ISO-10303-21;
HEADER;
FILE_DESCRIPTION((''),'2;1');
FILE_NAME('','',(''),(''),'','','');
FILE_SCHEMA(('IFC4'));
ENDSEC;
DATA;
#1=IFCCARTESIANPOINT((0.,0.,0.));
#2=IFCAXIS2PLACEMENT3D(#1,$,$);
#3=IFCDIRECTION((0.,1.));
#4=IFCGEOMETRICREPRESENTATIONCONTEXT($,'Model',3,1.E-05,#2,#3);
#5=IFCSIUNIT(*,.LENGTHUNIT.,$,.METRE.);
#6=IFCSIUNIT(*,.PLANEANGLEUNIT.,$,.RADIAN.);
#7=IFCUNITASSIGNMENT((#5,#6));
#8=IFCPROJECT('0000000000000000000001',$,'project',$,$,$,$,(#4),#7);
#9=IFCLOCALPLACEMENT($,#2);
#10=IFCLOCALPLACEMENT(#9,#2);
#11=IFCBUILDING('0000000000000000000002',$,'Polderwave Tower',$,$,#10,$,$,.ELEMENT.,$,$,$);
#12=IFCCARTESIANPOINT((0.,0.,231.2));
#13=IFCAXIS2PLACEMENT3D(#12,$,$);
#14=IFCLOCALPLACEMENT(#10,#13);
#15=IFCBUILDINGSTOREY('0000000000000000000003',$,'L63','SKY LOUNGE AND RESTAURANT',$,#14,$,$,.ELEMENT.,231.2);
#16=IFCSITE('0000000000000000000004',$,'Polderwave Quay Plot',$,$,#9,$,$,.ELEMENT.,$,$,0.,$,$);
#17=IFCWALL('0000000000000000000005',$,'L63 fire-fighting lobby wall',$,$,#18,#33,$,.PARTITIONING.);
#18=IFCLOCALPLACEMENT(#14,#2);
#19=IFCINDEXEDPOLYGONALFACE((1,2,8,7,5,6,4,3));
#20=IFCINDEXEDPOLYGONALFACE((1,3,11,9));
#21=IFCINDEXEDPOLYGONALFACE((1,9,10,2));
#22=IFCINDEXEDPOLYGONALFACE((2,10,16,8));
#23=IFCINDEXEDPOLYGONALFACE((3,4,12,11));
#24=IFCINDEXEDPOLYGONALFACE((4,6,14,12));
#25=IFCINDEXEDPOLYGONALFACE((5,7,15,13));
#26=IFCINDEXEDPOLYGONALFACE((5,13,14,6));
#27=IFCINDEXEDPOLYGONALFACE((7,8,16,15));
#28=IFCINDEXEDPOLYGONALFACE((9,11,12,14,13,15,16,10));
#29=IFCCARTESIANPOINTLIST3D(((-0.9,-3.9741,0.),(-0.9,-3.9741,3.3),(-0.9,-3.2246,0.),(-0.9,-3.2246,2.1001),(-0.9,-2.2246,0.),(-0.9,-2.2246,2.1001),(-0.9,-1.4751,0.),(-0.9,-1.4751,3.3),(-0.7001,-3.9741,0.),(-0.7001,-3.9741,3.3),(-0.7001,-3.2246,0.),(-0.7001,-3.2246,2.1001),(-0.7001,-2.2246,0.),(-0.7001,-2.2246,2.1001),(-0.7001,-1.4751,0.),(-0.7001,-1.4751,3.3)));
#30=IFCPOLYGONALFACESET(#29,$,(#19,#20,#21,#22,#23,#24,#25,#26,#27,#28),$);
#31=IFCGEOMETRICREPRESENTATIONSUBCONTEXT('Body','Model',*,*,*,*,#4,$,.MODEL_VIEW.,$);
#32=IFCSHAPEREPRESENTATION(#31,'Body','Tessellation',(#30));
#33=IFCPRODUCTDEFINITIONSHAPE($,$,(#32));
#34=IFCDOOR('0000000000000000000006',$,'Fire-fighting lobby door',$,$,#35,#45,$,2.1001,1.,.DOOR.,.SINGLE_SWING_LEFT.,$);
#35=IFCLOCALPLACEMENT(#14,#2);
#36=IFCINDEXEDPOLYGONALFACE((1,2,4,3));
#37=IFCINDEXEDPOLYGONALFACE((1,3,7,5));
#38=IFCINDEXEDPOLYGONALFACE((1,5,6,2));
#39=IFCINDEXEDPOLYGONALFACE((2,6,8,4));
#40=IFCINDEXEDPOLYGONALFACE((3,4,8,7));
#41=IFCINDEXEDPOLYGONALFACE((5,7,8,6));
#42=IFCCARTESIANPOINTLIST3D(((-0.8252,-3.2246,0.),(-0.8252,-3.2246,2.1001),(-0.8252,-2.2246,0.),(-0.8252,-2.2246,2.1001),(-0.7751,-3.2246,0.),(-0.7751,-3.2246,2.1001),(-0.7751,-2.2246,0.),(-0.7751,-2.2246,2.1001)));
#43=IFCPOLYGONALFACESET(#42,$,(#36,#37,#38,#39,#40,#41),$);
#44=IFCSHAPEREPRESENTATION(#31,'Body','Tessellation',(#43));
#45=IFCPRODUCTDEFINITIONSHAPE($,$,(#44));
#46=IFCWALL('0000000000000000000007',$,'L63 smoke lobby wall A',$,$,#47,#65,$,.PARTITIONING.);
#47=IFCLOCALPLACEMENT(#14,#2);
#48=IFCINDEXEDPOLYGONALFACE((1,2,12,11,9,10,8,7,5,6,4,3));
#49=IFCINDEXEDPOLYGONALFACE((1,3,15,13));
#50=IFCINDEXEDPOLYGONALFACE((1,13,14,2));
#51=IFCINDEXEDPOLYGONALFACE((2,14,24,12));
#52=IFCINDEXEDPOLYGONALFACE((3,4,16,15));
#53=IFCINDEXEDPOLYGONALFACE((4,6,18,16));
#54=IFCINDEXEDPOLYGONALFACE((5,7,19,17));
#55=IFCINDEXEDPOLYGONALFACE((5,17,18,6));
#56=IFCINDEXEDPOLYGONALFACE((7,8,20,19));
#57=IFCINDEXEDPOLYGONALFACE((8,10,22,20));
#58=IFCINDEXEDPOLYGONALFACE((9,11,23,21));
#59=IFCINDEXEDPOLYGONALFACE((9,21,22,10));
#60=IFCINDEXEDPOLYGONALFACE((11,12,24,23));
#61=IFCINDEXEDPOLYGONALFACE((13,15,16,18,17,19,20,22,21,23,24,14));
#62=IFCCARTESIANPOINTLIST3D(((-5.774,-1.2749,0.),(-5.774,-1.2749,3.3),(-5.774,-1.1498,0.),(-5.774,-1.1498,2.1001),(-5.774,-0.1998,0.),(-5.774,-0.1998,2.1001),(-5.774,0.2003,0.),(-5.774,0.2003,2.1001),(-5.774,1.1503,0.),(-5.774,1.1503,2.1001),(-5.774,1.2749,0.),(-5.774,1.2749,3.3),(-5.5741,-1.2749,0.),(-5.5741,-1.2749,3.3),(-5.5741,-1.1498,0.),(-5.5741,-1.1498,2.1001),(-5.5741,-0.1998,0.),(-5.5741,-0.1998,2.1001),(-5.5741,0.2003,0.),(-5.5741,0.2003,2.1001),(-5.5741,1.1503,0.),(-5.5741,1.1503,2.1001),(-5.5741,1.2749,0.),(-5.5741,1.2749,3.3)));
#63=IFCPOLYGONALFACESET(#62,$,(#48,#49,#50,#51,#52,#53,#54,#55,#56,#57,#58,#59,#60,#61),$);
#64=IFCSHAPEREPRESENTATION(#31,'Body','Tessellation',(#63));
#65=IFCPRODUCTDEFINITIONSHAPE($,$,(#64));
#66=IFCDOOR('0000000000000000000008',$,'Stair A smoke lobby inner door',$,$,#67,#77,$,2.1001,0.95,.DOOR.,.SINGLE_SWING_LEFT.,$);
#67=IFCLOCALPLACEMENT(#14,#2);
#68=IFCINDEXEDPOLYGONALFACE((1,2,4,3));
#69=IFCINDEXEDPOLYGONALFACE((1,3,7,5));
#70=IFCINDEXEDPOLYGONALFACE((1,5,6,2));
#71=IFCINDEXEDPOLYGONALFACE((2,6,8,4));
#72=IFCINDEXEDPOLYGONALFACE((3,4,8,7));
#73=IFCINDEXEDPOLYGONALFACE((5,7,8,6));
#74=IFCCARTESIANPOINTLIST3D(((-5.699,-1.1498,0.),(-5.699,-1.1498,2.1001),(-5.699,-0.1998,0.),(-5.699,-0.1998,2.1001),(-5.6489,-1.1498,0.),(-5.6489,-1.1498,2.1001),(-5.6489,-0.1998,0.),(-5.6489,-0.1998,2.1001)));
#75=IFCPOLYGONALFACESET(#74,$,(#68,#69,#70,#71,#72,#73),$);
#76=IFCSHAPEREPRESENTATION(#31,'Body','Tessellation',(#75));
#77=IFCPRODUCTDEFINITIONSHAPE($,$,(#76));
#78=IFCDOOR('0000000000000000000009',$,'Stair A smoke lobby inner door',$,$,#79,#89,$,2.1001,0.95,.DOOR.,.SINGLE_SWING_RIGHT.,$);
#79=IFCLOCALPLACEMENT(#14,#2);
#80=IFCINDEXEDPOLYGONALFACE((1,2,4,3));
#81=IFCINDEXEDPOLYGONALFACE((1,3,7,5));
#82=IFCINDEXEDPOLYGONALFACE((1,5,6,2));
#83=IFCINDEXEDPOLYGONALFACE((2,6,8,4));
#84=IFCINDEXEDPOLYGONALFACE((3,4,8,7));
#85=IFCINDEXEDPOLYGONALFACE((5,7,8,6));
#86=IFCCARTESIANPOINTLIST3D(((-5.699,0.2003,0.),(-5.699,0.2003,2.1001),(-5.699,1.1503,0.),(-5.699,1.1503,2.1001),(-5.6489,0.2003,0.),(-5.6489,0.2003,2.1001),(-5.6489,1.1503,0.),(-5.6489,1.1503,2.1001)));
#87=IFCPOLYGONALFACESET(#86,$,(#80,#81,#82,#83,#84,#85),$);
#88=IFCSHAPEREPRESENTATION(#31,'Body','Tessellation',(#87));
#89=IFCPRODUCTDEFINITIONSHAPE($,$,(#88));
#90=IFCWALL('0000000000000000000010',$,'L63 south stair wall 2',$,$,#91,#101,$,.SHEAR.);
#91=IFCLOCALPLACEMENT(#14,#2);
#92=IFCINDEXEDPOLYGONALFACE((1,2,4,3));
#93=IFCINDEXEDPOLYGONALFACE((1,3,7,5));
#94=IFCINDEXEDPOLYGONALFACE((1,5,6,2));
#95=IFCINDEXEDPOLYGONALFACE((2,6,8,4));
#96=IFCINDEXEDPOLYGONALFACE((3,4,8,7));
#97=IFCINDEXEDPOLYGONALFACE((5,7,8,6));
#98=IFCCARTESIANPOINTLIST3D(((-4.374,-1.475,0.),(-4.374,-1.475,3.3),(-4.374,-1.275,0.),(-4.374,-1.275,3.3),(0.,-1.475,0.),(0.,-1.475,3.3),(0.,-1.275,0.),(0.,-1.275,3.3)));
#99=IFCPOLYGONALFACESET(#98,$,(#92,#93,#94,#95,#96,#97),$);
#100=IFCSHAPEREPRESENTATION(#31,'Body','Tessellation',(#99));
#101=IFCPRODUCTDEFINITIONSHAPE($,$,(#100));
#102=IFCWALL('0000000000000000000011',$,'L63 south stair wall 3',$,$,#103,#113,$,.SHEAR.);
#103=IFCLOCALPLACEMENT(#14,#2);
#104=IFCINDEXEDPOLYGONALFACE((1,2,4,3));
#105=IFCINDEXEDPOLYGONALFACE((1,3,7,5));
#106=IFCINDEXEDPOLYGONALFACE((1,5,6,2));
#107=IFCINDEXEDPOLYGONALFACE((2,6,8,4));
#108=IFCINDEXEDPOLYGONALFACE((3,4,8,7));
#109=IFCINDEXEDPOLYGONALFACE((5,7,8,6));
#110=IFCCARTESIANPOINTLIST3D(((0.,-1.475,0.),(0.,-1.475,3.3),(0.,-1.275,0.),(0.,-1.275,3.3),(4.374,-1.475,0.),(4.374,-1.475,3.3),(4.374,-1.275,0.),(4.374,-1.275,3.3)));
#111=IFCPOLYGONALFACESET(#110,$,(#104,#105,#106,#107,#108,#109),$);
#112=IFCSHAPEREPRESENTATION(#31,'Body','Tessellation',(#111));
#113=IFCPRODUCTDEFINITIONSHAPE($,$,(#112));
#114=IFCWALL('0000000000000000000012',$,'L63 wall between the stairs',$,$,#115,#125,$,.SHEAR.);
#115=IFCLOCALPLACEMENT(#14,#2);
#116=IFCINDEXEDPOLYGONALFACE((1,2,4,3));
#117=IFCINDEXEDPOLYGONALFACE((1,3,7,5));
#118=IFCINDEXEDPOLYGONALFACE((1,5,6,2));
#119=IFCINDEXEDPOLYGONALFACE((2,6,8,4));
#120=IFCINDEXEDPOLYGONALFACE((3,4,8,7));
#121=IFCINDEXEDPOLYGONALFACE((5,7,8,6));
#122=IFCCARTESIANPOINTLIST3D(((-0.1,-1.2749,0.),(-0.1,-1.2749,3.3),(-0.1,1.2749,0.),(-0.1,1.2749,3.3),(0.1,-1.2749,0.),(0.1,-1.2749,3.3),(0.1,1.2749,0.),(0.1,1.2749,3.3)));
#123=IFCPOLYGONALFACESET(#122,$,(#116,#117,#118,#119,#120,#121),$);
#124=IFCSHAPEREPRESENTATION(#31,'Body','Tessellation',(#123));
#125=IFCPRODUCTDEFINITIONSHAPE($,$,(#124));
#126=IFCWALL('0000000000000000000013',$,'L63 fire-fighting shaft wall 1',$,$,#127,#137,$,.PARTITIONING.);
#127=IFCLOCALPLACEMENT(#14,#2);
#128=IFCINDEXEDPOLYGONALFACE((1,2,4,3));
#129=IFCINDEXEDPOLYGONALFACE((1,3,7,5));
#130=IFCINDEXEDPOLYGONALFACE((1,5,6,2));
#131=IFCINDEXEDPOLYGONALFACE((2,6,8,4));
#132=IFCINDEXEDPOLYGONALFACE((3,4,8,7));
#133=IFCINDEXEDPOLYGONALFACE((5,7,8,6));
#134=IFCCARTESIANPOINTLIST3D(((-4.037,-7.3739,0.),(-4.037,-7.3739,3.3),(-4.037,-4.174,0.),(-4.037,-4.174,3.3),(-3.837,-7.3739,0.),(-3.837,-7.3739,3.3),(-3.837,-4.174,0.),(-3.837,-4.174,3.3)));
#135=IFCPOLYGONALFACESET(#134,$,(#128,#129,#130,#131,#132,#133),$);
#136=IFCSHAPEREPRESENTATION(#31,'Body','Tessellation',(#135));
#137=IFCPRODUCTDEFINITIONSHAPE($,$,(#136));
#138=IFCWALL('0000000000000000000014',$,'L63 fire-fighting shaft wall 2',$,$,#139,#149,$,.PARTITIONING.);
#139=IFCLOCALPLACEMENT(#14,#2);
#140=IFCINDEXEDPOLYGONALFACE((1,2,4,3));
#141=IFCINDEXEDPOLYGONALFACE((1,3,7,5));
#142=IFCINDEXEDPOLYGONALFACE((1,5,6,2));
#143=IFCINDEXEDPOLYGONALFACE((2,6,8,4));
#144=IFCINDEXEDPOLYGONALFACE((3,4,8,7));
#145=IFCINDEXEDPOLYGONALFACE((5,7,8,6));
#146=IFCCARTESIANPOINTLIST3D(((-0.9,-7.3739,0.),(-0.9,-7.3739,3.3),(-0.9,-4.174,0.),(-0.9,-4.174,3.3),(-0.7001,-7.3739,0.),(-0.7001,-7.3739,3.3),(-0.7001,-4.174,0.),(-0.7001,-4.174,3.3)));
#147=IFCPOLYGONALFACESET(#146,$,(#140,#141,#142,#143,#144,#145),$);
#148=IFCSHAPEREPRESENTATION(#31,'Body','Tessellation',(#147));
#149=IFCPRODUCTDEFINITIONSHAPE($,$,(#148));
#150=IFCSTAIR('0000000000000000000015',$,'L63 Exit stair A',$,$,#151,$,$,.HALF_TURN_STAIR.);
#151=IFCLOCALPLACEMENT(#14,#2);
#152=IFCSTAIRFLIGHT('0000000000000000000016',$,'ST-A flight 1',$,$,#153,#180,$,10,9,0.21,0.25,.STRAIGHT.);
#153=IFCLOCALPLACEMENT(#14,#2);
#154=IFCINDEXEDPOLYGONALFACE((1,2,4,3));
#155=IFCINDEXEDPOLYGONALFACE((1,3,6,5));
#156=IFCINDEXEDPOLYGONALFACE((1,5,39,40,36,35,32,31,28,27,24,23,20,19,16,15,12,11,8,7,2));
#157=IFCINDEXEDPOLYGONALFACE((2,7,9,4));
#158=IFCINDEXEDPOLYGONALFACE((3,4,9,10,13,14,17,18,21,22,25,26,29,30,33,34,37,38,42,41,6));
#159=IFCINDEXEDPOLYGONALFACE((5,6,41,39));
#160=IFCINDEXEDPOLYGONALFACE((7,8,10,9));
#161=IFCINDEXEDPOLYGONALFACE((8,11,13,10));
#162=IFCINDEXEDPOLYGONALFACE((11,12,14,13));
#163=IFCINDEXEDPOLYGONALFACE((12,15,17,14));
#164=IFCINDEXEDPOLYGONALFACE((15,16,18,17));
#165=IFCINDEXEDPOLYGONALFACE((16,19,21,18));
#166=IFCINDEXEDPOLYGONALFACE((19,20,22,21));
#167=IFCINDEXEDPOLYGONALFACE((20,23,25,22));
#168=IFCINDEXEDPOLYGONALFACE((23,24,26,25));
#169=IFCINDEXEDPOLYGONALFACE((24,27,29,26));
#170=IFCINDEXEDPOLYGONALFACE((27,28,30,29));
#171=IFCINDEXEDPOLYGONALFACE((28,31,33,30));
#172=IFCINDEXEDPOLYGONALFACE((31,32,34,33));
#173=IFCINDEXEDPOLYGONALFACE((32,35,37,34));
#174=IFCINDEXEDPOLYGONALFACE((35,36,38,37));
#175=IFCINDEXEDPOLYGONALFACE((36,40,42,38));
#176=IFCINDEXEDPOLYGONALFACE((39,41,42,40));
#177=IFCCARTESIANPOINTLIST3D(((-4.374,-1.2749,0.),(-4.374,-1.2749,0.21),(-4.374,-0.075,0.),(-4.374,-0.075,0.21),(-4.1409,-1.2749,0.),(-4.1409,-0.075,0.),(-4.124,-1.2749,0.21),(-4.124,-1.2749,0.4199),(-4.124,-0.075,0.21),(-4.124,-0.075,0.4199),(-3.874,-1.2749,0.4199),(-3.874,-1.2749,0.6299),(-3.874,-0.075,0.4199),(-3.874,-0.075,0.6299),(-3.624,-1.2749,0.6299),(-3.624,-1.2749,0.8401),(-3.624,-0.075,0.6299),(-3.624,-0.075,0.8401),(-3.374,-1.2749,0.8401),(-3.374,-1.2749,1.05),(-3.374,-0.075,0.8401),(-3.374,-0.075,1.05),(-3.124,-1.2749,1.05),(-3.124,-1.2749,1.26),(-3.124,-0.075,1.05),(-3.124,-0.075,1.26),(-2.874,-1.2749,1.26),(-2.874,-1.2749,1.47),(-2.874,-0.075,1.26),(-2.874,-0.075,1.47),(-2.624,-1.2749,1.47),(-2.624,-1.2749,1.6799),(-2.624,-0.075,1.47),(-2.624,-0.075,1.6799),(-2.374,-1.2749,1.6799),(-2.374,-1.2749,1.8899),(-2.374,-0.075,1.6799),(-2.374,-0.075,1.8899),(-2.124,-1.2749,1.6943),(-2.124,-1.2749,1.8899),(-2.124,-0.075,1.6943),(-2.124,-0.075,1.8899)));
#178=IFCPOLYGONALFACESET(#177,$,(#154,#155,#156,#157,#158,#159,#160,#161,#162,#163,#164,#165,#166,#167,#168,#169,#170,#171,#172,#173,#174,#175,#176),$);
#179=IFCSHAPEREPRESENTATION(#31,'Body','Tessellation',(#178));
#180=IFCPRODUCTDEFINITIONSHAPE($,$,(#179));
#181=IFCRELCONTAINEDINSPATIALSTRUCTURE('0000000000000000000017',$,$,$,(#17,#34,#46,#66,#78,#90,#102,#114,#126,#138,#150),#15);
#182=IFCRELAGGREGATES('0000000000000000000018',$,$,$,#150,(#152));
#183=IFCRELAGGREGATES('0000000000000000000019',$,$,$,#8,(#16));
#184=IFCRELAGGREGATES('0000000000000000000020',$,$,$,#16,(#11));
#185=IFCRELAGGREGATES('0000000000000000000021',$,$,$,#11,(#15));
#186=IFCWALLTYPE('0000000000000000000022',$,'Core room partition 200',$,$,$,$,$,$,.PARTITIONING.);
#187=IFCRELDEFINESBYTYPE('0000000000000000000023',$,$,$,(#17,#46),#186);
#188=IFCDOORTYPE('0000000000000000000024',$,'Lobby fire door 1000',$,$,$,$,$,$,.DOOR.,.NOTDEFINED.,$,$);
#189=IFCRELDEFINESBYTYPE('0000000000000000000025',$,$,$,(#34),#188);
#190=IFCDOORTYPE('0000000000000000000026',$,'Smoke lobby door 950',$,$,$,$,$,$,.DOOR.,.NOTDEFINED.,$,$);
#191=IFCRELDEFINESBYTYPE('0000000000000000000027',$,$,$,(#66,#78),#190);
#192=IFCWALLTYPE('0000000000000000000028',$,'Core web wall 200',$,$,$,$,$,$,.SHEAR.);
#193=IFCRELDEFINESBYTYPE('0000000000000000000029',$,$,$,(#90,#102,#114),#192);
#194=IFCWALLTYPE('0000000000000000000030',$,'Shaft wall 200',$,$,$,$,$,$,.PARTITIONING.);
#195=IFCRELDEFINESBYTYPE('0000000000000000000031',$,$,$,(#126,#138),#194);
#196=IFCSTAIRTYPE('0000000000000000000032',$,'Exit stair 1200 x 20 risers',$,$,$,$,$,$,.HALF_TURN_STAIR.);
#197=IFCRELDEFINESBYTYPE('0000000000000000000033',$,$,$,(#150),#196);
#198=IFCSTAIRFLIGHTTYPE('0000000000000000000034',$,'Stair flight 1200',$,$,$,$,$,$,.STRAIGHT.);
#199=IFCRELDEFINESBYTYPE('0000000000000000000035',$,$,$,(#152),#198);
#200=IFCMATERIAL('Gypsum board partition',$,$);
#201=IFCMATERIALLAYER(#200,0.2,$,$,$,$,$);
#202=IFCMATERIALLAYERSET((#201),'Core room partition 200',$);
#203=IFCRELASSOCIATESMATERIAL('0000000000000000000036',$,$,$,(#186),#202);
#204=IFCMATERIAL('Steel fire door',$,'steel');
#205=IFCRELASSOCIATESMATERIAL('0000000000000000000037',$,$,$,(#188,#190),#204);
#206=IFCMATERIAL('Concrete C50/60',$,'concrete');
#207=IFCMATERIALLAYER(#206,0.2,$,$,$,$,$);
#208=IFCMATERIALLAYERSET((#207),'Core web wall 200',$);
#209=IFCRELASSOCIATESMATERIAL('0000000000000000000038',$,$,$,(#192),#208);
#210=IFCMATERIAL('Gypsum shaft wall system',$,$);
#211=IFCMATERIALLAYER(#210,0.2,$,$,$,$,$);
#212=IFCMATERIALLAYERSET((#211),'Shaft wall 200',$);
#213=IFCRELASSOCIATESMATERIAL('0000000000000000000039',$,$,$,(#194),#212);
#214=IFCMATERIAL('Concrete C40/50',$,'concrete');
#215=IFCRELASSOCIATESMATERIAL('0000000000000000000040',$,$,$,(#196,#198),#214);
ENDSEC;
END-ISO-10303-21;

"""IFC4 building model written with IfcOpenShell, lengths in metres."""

from ifc_helpers import new_model, si_unit, direction, frame, frame_2d, origin, place, context, subcontext, project, spatial, polyline, rectangle, outline, extrude, material, layer, layer_set, type_object, element, fill, aggregate, save


model = new_model("IFC4")

# Units and contexts
model_context = context("Model", 3, precision=1e-05, world=origin(), true_north=direction((0.0, 1.0)))
body_context = subcontext(model_context, "Body", "Model", "MODEL_VIEW")
ifc_project = project(units=[si_unit("LENGTHUNIT", "METRE"), si_unit("PLANEANGLEUNIT", "RADIAN")], contexts=[model_context])

# Site, building, storey
site_placement = place(None, origin())
site = spatial("IfcSite", under=ifc_project, at=site_placement, Name="Polderwave Quay Plot", CompositionType="ELEMENT", RefElevation=0.0)
building_placement = place(site_placement, origin())
building = spatial("IfcBuilding", under=site, at=building_placement, Name="Polderwave Tower", CompositionType="ELEMENT")
storey_placement = place(building_placement, frame((0.0, 0.0, 231.2)))
storey = spatial("IfcBuildingStorey", under=building, at=storey_placement, Name="L63", Description="SKY LOUNGE AND RESTAURANT", CompositionType="ELEMENT", Elevation=231.2)

# Wall, opening, door
ifc_material_1 = material(Name="Gypsum board partition")
ifc_layer_1 = layer(ifc_material_1, 0.2)
ifc_layer_set_1 = layer_set([ifc_layer_1], Name="Core room partition 200")
wall_type_1 = type_object("IfcWallType", Name="Core room partition 200", PredefinedType="PARTITIONING", material=ifc_layer_set_1)
wall_1_placement = place(storey_placement, frame((-0.8, -3.9741, 0.0), z_axis=(0.0, 0.0, 1.0), x_axis=(0.0, 1.0, 0.0)))
wall_1 = element("IfcWall", 1, at=wall_1_placement, inside=storey, type_object=wall_type_1, Name="L63 fire-fighting lobby wall", PredefinedType="PARTITIONING", context=body_context, shape_type="SweptSolid", body=[
    extrude(rectangle(XDim=2.499, YDim=0.2, at=frame_2d((1.2495, 0.0))), origin(), (0.0, 0.0, 1.0), 3.3),
])
opening_1_placement = place(wall_1_placement, frame((0.7495, 0.0, 0.0)))
opening_1 = element("IfcOpeningElement", 2, at=opening_1_placement, cuts=wall_1, PredefinedType="OPENING", context=body_context, shape_type="SweptSolid", body=[
    extrude(rectangle(XDim=1.0, YDim=2.1001, at=frame_2d((0.5, 1.05))), frame((0.0, 0.1099, 0.0), z_axis=(0.0, -1.0, 0.0), x_axis=(1.0, 0.0, 0.0)), (0.0, 0.0, 1.0), 0.22),
])
ifc_material_2 = material(Name="Steel fire door", Category="steel")
door_type_1 = type_object("IfcDoorType", Name="Lobby fire door 1000", OperationType="NOTDEFINED", PredefinedType="DOOR", material=ifc_material_2)
door_1_placement = place(opening_1_placement, frame((1.0, 0.0, 0.0), z_axis=(0.0, 0.0, 1.0), x_axis=(-1.0, 0.0, 0.0)))
door_1 = element("IfcDoor", 3, at=door_1_placement, inside=storey, type_object=door_type_1, Name="Fire-fighting lobby door", OperationType="SINGLE_SWING_LEFT", OverallHeight=2.1001, OverallWidth=1.0, PredefinedType="DOOR", context=body_context, shape_type="SweptSolid", body=[
    extrude(rectangle(XDim=1.0, YDim=2.1001, at=frame_2d((0.5, 1.05))), frame((0.0, 0.0249, 0.0), z_axis=(0.0, -1.0, 0.0), x_axis=(1.0, 0.0, 0.0)), (0.0, 0.0, 1.0), 0.05),
])
fill(opening_1, door_1)

# Wall, openings, doors
wall_2_placement = place(storey_placement, frame((-5.6741, -1.2749, 0.0), z_axis=(0.0, 0.0, 1.0), x_axis=(0.0, 1.0, 0.0)))
wall_2 = element("IfcWall", 4, at=wall_2_placement, inside=storey, type_object=wall_type_1, Name="L63 smoke lobby wall A", PredefinedType="PARTITIONING", context=body_context, shape_type="SweptSolid", body=[
    extrude(rectangle(XDim=2.5498, YDim=0.2, at=frame_2d((1.2749, 0.0))), origin(), (0.0, 0.0, 1.0), 3.3),
])
opening_2_placement = place(wall_2_placement, frame((0.125, 0.0, 0.0)))
opening_2 = element("IfcOpeningElement", 5, at=opening_2_placement, cuts=wall_2, PredefinedType="OPENING", context=body_context, shape_type="SweptSolid", body=[
    extrude(rectangle(XDim=0.95, YDim=2.1001, at=frame_2d((0.4751, 1.05))), frame((0.0, 0.1099, 0.0), z_axis=(0.0, -1.0, 0.0), x_axis=(1.0, 0.0, 0.0)), (0.0, 0.0, 1.0), 0.22),
])
opening_3_placement = place(wall_2_placement, frame((1.4751, 0.0, 0.0)))
opening_3 = element("IfcOpeningElement", 6, at=opening_3_placement, cuts=wall_2, PredefinedType="OPENING", context=body_context, shape_type="SweptSolid", body=[
    extrude(rectangle(XDim=0.95, YDim=2.1001, at=frame_2d((0.4751, 1.05))), frame((0.0, 0.1099, 0.0), z_axis=(0.0, -1.0, 0.0), x_axis=(1.0, 0.0, 0.0)), (0.0, 0.0, 1.0), 0.22),
])
door_type_2 = type_object("IfcDoorType", Name="Smoke lobby door 950", OperationType="NOTDEFINED", PredefinedType="DOOR", material=ifc_material_2)
door_2_placement = place(opening_2_placement, origin())
door_2 = element("IfcDoor", 7, at=door_2_placement, inside=storey, type_object=door_type_2, Name="Stair A smoke lobby inner door", OperationType="SINGLE_SWING_LEFT", OverallHeight=2.1001, OverallWidth=0.95, PredefinedType="DOOR", context=body_context, shape_type="SweptSolid", body=[
    extrude(rectangle(XDim=0.95, YDim=2.1001, at=frame_2d((0.4751, 1.05))), frame((0.0, 0.0249, 0.0), z_axis=(0.0, -1.0, 0.0), x_axis=(1.0, 0.0, 0.0)), (0.0, 0.0, 1.0), 0.05),
])
fill(opening_2, door_2)
door_3_placement = place(opening_3_placement, origin())
door_3 = element("IfcDoor", 8, at=door_3_placement, inside=storey, type_object=door_type_2, Name="Stair A smoke lobby inner door", OperationType="SINGLE_SWING_RIGHT", OverallHeight=2.1001, OverallWidth=0.95, PredefinedType="DOOR", context=body_context, shape_type="SweptSolid", body=[
    extrude(rectangle(XDim=0.95, YDim=2.1001, at=frame_2d((0.4751, 1.05))), frame((0.0, 0.0249, 0.0), z_axis=(0.0, -1.0, 0.0), x_axis=(1.0, 0.0, 0.0)), (0.0, 0.0, 1.0), 0.05),
])
fill(opening_3, door_3)

# Walls
ifc_material_3 = material(Name="Concrete C50/60", Category="concrete")
ifc_layer_2 = layer(ifc_material_3, 0.2)
ifc_layer_set_2 = layer_set([ifc_layer_2], Name="Core web wall 200")
wall_type_2 = type_object("IfcWallType", Name="Core web wall 200", PredefinedType="SHEAR", material=ifc_layer_set_2)
for number, where, z_axis, x_axis, name in (
    (9, (-4.374, -1.375, 0.0), (0.0, 0.0, 1.0), (1.0, 0.0, 0.0), "L63 south stair wall 2"),
    (10, (0.0, -1.375, 0.0), (0.0, 0.0, 1.0), (1.0, 0.0, 0.0), "L63 south stair wall 3"),
):
    element("IfcWall", number, at=place(storey_placement, frame(where, z_axis=z_axis, x_axis=x_axis)), inside=storey, type_object=wall_type_2, Name=name, PredefinedType="SHEAR", context=body_context, shape_type="SweptSolid", body=[
        extrude(rectangle(XDim=4.374, YDim=0.2, at=frame_2d((2.187, 0.0))), origin(), (0.0, 0.0, 1.0), 3.3),
    ])
wall_3_placement = place(storey_placement, frame((0.0, -1.2749, 0.0), z_axis=(0.0, 0.0, 1.0), x_axis=(0.0, 1.0, 0.0)))
element("IfcWall", 11, at=wall_3_placement, inside=storey, type_object=wall_type_2, Name="L63 wall between the stairs", PredefinedType="SHEAR", context=body_context, shape_type="SweptSolid", body=[
    extrude(rectangle(XDim=2.5498, YDim=0.2, at=frame_2d((1.2749, 0.0))), origin(), (0.0, 0.0, 1.0), 3.3),
])
ifc_material_4 = material(Name="Gypsum shaft wall system")
ifc_layer_3 = layer(ifc_material_4, 0.2)
ifc_layer_set_3 = layer_set([ifc_layer_3], Name="Shaft wall 200")
wall_type_3 = type_object("IfcWallType", Name="Shaft wall 200", PredefinedType="PARTITIONING", material=ifc_layer_set_3)
for number, where, z_axis, x_axis, name in (
    (12, (-3.937, -7.374, 0.0), (0.0, 0.0, 1.0), (0.0, 1.0, 0.0), "L63 fire-fighting shaft wall 1"),
    (13, (-0.8, -7.374, 0.0), (0.0, 0.0, 1.0), (0.0, 1.0, 0.0), "L63 fire-fighting shaft wall 2"),
):
    element("IfcWall", number, at=place(storey_placement, frame(where, z_axis=z_axis, x_axis=x_axis)), inside=storey, type_object=wall_type_3, Name=name, PredefinedType="PARTITIONING", context=body_context, shape_type="SweptSolid", body=[
        extrude(rectangle(XDim=3.2, YDim=0.2, at=frame_2d((1.6001, 0.0))), origin(), (0.0, 0.0, 1.0), 3.3),
    ])

# Stair, stair flight
ifc_material_5 = material(Name="Concrete C40/50", Category="concrete")
stair_type = type_object("IfcStairType", Name="Exit stair 1200 x 20 risers", PredefinedType="HALF_TURN_STAIR", material=ifc_material_5)
stair_placement = place(storey_placement, origin())
stair = element("IfcStair", 14, at=stair_placement, inside=storey, type_object=stair_type, Name="L63 Exit stair A", PredefinedType="HALF_TURN_STAIR")
stair_flight_type = type_object("IfcStairFlightType", Name="Stair flight 1200", PredefinedType="STRAIGHT", material=ifc_material_5)
stair_flight_placement = place(storey_placement, frame((-4.374, -0.675, 0.0), z_axis=(0.0, 0.0, 1.0), x_axis=(1.0, 0.0, 0.0)))
stair_flight = element("IfcStairFlight", 15, at=stair_flight_placement, type_object=stair_flight_type, Name="ST-A flight 1", NumberOfRisers=10, NumberOfTreads=9, PredefinedType="STRAIGHT", RiserHeight=0.21, TreadLength=0.25, context=body_context, shape_type="SweptSolid", body=[
    extrude(outline(polyline([(0.0, 0.0), (0.0, 0.21), (0.25, 0.21), (0.25, 0.4199), (0.5, 0.4199), (0.5, 0.6299), (0.75, 0.6299), (0.75, 0.8401), (1.0, 0.8401), (1.0, 1.05), (1.25, 1.05), (1.25, 1.26), (1.5, 1.26), (1.5, 1.47), (1.75, 1.47), (1.75, 1.6799), (2.0, 1.6799), (2.0, 1.8899), (2.25, 1.8899), (2.25, 2.1001), (2.25, 1.6943), (0.2332, 0.0), (0.0, 0.0)])), frame((0.0, 0.6001, 0.0), z_axis=(0.0, -1.0, 0.0), x_axis=(1.0, 0.0, 0.0)), (0.0, 0.0, 1.0), 1.2),
])
aggregate(stair, [stair_flight])

save(model, "model.ifc")
